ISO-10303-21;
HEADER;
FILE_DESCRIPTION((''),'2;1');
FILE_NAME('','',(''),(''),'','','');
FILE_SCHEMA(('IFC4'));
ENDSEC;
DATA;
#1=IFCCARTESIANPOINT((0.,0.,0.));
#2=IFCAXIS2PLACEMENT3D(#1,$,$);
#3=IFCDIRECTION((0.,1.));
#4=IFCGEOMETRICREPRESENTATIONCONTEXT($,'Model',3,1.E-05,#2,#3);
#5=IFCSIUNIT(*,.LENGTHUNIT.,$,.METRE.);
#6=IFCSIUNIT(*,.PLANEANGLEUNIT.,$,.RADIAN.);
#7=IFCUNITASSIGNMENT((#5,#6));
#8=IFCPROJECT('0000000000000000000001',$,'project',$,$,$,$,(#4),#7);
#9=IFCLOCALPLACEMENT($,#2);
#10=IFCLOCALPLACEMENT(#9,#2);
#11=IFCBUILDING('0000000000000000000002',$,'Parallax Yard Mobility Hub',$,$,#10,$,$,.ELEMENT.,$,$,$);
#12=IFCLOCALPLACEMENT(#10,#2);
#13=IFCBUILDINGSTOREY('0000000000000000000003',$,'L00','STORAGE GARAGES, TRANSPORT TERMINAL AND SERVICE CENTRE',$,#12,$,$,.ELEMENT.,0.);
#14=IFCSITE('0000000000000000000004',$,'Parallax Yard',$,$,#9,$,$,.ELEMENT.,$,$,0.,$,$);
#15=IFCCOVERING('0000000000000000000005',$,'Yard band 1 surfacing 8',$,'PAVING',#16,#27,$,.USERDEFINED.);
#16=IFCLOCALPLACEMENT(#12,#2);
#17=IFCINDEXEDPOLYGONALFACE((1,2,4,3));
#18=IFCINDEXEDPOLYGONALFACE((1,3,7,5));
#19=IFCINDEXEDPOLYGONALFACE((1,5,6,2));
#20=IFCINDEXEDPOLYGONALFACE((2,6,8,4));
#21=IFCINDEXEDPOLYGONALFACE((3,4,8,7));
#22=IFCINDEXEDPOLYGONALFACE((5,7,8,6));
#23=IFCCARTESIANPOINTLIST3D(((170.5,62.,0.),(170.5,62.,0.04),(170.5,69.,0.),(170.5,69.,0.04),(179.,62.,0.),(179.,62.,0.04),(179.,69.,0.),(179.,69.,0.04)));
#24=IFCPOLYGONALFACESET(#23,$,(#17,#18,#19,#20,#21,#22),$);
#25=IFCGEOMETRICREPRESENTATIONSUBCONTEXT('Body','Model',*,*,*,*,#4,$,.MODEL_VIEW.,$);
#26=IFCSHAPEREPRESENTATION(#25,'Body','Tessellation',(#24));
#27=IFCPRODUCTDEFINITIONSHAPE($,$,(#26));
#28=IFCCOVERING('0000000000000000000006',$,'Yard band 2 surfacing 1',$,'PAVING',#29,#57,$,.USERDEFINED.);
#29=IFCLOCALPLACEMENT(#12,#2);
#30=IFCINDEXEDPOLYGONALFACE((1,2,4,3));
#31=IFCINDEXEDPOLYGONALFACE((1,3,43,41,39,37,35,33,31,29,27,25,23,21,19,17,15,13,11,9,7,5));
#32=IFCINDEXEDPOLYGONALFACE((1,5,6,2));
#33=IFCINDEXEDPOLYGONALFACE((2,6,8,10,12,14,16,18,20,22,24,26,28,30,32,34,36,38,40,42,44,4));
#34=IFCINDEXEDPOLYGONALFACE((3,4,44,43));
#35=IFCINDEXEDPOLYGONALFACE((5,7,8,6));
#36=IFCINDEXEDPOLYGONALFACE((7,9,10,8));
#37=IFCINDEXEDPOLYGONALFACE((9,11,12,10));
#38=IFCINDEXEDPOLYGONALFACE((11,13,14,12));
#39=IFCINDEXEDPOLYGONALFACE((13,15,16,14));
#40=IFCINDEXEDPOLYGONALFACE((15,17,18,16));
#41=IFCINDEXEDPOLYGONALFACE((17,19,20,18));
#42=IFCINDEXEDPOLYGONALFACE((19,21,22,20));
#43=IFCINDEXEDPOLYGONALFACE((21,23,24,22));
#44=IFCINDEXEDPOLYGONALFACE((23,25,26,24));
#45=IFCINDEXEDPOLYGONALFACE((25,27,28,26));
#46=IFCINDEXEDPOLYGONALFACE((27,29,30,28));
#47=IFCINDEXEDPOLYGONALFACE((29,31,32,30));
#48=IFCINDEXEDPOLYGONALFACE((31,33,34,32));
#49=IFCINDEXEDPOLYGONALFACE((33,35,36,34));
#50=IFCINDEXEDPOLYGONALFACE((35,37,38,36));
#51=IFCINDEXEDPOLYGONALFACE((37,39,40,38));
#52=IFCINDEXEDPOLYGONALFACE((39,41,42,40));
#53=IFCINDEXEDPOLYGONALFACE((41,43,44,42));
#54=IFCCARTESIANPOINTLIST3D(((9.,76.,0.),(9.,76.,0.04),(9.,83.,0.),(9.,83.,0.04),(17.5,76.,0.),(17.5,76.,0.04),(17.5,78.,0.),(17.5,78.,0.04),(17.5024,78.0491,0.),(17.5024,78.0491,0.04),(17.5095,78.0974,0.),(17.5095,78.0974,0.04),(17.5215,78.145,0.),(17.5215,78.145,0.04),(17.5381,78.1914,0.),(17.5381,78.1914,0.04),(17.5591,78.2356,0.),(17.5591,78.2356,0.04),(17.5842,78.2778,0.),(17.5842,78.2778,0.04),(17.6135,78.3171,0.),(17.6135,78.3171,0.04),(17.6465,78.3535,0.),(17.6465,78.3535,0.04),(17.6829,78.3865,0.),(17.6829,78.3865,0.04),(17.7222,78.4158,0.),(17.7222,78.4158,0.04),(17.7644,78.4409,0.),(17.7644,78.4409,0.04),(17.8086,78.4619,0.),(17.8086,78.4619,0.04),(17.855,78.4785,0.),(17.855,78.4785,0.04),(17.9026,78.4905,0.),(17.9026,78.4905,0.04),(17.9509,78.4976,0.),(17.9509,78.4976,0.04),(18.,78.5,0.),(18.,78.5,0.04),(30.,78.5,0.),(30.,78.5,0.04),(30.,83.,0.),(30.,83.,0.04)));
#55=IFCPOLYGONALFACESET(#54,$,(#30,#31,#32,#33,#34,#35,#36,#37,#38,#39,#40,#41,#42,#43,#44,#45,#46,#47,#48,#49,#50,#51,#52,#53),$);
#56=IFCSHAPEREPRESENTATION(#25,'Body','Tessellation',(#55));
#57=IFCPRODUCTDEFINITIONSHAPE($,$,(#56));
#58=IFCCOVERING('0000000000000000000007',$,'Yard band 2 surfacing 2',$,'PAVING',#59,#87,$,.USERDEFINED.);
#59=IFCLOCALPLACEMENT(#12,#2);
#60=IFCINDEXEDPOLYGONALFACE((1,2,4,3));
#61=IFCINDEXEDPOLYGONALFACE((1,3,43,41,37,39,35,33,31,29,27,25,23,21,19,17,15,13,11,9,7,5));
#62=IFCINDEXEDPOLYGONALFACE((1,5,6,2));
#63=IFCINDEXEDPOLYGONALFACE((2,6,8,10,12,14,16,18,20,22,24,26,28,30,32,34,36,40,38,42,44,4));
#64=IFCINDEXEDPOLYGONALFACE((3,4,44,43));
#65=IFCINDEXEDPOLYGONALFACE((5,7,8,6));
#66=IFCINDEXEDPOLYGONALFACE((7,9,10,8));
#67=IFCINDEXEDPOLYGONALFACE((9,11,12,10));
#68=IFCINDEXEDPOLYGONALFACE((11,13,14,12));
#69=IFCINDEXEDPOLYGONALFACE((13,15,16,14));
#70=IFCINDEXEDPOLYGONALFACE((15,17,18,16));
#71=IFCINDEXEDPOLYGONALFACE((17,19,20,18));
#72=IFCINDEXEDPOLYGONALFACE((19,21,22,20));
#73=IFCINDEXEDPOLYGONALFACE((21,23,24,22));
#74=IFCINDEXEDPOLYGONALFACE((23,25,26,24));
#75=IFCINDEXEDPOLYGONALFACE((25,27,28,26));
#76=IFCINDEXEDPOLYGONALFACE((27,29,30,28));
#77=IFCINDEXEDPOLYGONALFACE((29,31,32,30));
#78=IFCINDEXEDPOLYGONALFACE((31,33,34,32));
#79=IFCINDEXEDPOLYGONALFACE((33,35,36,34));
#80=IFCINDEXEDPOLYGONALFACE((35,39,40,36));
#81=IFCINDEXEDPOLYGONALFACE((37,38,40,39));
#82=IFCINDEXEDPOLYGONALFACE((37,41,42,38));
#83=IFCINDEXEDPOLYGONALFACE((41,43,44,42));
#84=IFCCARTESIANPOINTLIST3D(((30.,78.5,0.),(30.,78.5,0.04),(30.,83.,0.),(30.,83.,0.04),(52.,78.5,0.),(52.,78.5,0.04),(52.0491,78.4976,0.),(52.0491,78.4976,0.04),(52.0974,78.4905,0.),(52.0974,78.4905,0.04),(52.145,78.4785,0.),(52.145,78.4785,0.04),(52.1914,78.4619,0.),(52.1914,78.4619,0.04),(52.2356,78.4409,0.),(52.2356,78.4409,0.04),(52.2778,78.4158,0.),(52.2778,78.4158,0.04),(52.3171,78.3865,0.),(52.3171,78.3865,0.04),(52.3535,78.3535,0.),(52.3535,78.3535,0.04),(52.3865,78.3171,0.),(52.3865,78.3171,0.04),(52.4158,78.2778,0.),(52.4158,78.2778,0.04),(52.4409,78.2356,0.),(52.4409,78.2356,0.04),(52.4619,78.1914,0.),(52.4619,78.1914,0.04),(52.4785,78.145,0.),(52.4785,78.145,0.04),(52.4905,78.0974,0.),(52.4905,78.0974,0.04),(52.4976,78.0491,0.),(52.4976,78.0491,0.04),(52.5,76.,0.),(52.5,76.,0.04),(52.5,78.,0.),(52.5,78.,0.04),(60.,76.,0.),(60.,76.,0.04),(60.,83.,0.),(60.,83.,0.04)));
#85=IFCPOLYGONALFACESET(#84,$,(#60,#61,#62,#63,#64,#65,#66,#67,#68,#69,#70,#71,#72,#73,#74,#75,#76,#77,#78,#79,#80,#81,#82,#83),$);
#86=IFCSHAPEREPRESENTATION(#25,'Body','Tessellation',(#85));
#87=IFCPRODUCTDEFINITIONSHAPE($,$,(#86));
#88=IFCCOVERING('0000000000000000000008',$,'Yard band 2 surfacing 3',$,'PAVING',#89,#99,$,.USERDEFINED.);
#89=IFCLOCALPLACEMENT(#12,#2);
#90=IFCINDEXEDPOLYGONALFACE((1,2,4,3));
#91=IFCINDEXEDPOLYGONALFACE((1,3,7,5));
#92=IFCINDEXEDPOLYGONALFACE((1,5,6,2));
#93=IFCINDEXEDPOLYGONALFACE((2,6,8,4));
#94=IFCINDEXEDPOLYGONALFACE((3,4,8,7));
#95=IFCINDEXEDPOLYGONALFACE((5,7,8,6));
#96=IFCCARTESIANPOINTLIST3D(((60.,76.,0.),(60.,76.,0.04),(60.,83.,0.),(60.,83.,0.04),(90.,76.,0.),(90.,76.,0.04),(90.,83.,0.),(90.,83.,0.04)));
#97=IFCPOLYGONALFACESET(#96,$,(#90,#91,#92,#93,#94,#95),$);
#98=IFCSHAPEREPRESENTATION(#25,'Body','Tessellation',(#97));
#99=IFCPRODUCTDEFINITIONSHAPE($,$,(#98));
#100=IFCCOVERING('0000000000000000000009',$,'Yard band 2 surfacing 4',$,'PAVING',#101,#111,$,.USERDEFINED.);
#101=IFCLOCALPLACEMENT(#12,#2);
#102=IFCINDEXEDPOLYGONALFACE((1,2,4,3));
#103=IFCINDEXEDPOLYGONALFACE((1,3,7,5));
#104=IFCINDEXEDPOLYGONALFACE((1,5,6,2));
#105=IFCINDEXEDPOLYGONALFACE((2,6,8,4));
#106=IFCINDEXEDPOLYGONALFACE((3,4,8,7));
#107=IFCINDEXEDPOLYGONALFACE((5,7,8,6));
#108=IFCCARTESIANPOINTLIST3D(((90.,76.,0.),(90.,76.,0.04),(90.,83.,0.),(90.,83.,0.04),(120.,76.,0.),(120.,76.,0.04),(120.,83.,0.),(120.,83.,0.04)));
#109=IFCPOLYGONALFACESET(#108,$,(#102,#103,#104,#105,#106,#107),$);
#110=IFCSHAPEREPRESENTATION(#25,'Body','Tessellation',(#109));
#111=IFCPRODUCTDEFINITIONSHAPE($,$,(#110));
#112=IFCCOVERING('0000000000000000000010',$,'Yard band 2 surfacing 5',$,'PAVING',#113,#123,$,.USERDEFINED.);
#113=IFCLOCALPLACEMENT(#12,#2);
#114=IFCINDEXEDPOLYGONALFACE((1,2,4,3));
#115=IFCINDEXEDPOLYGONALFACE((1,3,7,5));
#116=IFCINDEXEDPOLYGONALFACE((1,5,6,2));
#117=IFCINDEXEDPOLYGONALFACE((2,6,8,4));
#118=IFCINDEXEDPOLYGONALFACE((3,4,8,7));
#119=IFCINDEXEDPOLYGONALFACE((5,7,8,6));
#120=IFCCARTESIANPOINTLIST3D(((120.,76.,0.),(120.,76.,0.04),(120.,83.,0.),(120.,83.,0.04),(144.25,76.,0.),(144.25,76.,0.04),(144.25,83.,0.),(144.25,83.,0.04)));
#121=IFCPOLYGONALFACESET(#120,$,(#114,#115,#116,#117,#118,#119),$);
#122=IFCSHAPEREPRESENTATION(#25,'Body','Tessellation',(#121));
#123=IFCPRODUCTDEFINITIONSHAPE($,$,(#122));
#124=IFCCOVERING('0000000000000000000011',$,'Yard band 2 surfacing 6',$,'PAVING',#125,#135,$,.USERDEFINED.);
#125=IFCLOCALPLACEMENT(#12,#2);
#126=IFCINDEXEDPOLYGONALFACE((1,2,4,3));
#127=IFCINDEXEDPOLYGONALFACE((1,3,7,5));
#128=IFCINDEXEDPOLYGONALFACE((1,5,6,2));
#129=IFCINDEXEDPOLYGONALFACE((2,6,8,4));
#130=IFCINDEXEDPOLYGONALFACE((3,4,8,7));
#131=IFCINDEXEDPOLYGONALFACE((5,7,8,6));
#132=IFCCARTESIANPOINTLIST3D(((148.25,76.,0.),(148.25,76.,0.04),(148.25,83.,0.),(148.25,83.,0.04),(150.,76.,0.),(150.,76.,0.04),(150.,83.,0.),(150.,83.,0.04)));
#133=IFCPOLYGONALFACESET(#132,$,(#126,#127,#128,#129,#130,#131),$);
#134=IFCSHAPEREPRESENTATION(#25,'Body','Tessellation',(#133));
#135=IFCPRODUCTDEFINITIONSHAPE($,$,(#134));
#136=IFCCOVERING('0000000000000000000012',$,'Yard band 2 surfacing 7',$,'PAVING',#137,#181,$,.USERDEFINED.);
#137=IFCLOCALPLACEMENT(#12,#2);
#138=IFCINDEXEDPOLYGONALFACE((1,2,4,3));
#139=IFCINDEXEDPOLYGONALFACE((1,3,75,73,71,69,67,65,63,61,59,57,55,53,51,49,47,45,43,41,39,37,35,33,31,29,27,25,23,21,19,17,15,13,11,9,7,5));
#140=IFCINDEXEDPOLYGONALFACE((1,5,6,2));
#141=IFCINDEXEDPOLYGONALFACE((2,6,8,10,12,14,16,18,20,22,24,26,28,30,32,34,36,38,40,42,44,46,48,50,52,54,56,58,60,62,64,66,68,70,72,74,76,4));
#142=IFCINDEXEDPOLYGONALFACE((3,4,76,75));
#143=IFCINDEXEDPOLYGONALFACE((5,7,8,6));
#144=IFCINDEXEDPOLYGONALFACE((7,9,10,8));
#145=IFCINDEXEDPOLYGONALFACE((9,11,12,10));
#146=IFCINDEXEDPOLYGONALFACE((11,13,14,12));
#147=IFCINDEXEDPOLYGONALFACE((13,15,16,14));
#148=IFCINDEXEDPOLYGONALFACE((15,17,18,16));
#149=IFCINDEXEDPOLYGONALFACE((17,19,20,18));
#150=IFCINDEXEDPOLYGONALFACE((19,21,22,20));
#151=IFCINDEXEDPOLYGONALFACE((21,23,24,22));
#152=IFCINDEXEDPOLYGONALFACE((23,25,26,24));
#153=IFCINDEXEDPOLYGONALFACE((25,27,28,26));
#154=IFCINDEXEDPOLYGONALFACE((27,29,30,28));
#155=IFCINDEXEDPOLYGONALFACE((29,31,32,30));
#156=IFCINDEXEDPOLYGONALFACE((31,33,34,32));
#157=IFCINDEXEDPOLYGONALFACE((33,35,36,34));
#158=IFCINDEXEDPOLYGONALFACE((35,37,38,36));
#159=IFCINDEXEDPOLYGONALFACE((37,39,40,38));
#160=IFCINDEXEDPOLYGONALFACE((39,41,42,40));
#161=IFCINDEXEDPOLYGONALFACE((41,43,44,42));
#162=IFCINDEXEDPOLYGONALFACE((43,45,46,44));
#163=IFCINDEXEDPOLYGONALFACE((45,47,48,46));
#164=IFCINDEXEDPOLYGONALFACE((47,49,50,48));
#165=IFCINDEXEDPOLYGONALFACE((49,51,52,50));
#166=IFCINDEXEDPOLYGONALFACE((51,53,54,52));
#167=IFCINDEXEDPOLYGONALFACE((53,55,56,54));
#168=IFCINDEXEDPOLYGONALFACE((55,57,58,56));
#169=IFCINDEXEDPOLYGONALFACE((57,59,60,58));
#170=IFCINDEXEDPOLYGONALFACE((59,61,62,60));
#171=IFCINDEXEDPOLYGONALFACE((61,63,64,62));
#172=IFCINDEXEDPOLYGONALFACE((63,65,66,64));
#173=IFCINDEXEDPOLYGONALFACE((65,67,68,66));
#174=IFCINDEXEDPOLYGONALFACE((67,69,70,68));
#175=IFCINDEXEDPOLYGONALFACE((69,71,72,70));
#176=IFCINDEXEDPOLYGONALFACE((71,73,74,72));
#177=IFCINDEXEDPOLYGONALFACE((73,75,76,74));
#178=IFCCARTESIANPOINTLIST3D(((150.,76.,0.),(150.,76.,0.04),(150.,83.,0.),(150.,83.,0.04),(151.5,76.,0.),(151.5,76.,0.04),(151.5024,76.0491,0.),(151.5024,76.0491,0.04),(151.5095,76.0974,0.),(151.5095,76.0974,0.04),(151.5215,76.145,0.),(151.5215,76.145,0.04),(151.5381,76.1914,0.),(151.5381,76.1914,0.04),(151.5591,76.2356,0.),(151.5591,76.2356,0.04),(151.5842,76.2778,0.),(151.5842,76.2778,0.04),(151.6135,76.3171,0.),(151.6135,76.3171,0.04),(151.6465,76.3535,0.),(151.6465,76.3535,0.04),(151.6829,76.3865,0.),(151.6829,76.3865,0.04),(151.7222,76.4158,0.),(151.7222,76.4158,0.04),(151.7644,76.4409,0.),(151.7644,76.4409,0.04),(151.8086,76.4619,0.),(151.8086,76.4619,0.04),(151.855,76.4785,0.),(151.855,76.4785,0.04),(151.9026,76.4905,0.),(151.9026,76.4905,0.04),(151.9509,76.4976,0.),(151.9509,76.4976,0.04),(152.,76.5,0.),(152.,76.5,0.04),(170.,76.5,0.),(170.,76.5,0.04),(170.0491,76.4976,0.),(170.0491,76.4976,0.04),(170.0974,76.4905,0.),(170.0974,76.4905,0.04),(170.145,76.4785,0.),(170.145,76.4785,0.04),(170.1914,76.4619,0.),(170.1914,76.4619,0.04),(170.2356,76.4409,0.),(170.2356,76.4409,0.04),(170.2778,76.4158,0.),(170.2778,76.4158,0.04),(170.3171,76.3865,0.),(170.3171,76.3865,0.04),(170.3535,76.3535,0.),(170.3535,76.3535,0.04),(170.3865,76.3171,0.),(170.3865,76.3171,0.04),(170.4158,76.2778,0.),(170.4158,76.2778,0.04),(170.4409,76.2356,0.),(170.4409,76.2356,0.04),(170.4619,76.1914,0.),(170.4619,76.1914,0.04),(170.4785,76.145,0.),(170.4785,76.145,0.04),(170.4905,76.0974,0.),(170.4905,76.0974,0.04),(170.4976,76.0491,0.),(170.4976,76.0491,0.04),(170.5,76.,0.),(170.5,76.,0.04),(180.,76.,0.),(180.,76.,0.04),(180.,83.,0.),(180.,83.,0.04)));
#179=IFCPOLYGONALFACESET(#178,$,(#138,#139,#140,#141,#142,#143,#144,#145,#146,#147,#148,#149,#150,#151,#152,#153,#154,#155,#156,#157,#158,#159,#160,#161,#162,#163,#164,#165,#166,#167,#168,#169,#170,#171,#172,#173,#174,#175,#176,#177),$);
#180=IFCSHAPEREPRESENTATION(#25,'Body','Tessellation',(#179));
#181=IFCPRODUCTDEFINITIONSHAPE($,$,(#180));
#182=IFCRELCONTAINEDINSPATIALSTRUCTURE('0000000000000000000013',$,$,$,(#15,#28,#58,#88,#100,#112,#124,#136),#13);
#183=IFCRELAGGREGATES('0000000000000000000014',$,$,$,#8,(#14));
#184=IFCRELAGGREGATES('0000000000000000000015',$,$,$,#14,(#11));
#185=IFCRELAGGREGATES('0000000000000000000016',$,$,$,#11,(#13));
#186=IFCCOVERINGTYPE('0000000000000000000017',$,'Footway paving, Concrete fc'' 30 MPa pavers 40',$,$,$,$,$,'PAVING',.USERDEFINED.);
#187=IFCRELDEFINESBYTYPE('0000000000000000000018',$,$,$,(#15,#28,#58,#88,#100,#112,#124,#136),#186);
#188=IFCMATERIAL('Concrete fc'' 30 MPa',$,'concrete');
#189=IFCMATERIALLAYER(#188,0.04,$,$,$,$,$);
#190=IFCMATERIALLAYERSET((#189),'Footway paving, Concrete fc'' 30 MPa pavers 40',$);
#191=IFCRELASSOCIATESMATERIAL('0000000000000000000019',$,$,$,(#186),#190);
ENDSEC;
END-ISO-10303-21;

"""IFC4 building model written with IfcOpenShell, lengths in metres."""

from ifc_helpers import new_model, si_unit, direction, origin, place, context, subcontext, project, spatial, polyline, outline, extrude, material, layer, layer_set, type_object, element, save


model = new_model("IFC4")

# Units and contexts
model_context = context("Model", 3, precision=1e-05, world=origin(), true_north=direction((0.0, 1.0)))
body_context = subcontext(model_context, "Body", "Model", "MODEL_VIEW")
ifc_project = project(units=[si_unit("LENGTHUNIT", "METRE"), si_unit("PLANEANGLEUNIT", "RADIAN")], contexts=[model_context])

# Site, building, storey
site_placement = place(None, origin())
site = spatial("IfcSite", under=ifc_project, at=site_placement, Name="Parallax Yard", CompositionType="ELEMENT", RefElevation=0.0)
building_placement = place(site_placement, origin())
building = spatial("IfcBuilding", under=site, at=building_placement, Name="Parallax Yard Mobility Hub", CompositionType="ELEMENT")
storey_placement = place(building_placement, origin())
storey = spatial("IfcBuildingStorey", under=building, at=storey_placement, Name="L00", Description="STORAGE GARAGES, TRANSPORT TERMINAL AND SERVICE CENTRE", CompositionType="ELEMENT", Elevation=0.0)

# Coverings
ifc_material = material(Name="Concrete fc' 30 MPa", Category="concrete")
ifc_layer = layer(ifc_material, 0.04)
ifc_layer_set = layer_set([ifc_layer], Name="Footway paving, Concrete fc' 30 MPa pavers 40")
covering_type = type_object("IfcCoveringType", Name="Footway paving, Concrete fc' 30 MPa pavers 40", ElementType="PAVING", PredefinedType="USERDEFINED", material=ifc_layer_set)
covering_1_placement = place(storey_placement, origin())
element("IfcCovering", 1, at=covering_1_placement, inside=storey, type_object=covering_type, Name="Yard band 1 surfacing 8", ObjectType="PAVING", PredefinedType="USERDEFINED", context=body_context, shape_type="SweptSolid", body=[
    extrude(outline(polyline([(170.5, 62.0), (170.5, 69.0), (179.0, 69.0), (179.0, 62.0), (170.5, 62.0)])), origin(), (0.0, 0.0, 1.0), 0.04),
])
covering_2_placement = place(storey_placement, origin())
element("IfcCovering", 2, at=covering_2_placement, inside=storey, type_object=covering_type, Name="Yard band 2 surfacing 1", ObjectType="PAVING", PredefinedType="USERDEFINED", context=body_context, shape_type="SweptSolid", body=[
    extrude(outline(polyline([(30.0, 83.0), (30.0, 78.5), (18.0, 78.5), (17.9509, 78.4976), (17.9026, 78.4905), (17.855, 78.4785), (17.8086, 78.4619), (17.7644, 78.4409), (17.7222, 78.4158), (17.6829, 78.3865), (17.6465, 78.3535), (17.6135, 78.3171), (17.5842, 78.2778), (17.5591, 78.2356), (17.5381, 78.1914), (17.5215, 78.145), (17.5095, 78.0974), (17.5024, 78.0491), (17.5, 78.0), (17.5, 76.0), (9.0, 76.0), (9.0, 83.0), (30.0, 83.0)])), origin(), (0.0, 0.0, 1.0), 0.04),
])
covering_3_placement = place(storey_placement, origin())
element("IfcCovering", 3, at=covering_3_placement, inside=storey, type_object=covering_type, Name="Yard band 2 surfacing 2", ObjectType="PAVING", PredefinedType="USERDEFINED", context=body_context, shape_type="SweptSolid", body=[
    extrude(outline(polyline([(60.0, 83.0), (60.0, 76.0), (52.5, 76.0), (52.5, 78.0), (52.4976, 78.0491), (52.4905, 78.0974), (52.4785, 78.145), (52.4619, 78.1914), (52.4409, 78.2356), (52.4158, 78.2778), (52.3865, 78.3171), (52.3535, 78.3535), (52.3171, 78.3865), (52.2778, 78.4158), (52.2356, 78.4409), (52.1914, 78.4619), (52.145, 78.4785), (52.0974, 78.4905), (52.0491, 78.4976), (52.0, 78.5), (30.0, 78.5), (30.0, 83.0), (60.0, 83.0)])), origin(), (0.0, 0.0, 1.0), 0.04),
])
covering_4_placement = place(storey_placement, origin())
element("IfcCovering", 4, at=covering_4_placement, inside=storey, type_object=covering_type, Name="Yard band 2 surfacing 3", ObjectType="PAVING", PredefinedType="USERDEFINED", context=body_context, shape_type="SweptSolid", body=[
    extrude(outline(polyline([(90.0, 83.0), (90.0, 76.0), (60.0, 76.0), (60.0, 83.0), (90.0, 83.0)])), origin(), (0.0, 0.0, 1.0), 0.04),
])
covering_5_placement = place(storey_placement, origin())
element("IfcCovering", 5, at=covering_5_placement, inside=storey, type_object=covering_type, Name="Yard band 2 surfacing 4", ObjectType="PAVING", PredefinedType="USERDEFINED", context=body_context, shape_type="SweptSolid", body=[
    extrude(outline(polyline([(120.0, 83.0), (120.0, 76.0), (90.0, 76.0), (90.0, 83.0), (120.0, 83.0)])), origin(), (0.0, 0.0, 1.0), 0.04),
])
covering_6_placement = place(storey_placement, origin())
element("IfcCovering", 6, at=covering_6_placement, inside=storey, type_object=covering_type, Name="Yard band 2 surfacing 5", ObjectType="PAVING", PredefinedType="USERDEFINED", context=body_context, shape_type="SweptSolid", body=[
    extrude(outline(polyline([(144.25, 83.0), (144.25, 76.0), (120.0, 76.0), (120.0, 83.0), (144.25, 83.0)])), origin(), (0.0, 0.0, 1.0), 0.04),
])
covering_7_placement = place(storey_placement, origin())
element("IfcCovering", 7, at=covering_7_placement, inside=storey, type_object=covering_type, Name="Yard band 2 surfacing 6", ObjectType="PAVING", PredefinedType="USERDEFINED", context=body_context, shape_type="SweptSolid", body=[
    extrude(outline(polyline([(148.25, 76.0), (148.25, 83.0), (150.0, 83.0), (150.0, 76.0), (148.25, 76.0)])), origin(), (0.0, 0.0, 1.0), 0.04),
])
covering_8_placement = place(storey_placement, origin())
element("IfcCovering", 8, at=covering_8_placement, inside=storey, type_object=covering_type, Name="Yard band 2 surfacing 7", ObjectType="PAVING", PredefinedType="USERDEFINED", context=body_context, shape_type="SweptSolid", body=[
    extrude(outline(polyline([(170.5, 76.0), (170.4976, 76.0491), (170.4905, 76.0974), (170.4785, 76.145), (170.4619, 76.1914), (170.4409, 76.2356), (170.4158, 76.2778), (170.3865, 76.3171), (170.3535, 76.3535), (170.3171, 76.3865), (170.2778, 76.4158), (170.2356, 76.4409), (170.1914, 76.4619), (170.145, 76.4785), (170.0974, 76.4905), (170.0491, 76.4976), (170.0, 76.5), (152.0, 76.5), (151.9509, 76.4976), (151.9026, 76.4905), (151.855, 76.4785), (151.8086, 76.4619), (151.7644, 76.4409), (151.7222, 76.4158), (151.6829, 76.3865), (151.6465, 76.3535), (151.6135, 76.3171), (151.5842, 76.2778), (151.5591, 76.2356), (151.5381, 76.1914), (151.5215, 76.145), (151.5095, 76.0974), (151.5024, 76.0491), (151.5, 76.0), (150.0, 76.0), (150.0, 83.0), (180.0, 83.0), (180.0, 76.0), (170.5, 76.0)])), origin(), (0.0, 0.0, 1.0), 0.04),
])

save(model, "model.ifc")
